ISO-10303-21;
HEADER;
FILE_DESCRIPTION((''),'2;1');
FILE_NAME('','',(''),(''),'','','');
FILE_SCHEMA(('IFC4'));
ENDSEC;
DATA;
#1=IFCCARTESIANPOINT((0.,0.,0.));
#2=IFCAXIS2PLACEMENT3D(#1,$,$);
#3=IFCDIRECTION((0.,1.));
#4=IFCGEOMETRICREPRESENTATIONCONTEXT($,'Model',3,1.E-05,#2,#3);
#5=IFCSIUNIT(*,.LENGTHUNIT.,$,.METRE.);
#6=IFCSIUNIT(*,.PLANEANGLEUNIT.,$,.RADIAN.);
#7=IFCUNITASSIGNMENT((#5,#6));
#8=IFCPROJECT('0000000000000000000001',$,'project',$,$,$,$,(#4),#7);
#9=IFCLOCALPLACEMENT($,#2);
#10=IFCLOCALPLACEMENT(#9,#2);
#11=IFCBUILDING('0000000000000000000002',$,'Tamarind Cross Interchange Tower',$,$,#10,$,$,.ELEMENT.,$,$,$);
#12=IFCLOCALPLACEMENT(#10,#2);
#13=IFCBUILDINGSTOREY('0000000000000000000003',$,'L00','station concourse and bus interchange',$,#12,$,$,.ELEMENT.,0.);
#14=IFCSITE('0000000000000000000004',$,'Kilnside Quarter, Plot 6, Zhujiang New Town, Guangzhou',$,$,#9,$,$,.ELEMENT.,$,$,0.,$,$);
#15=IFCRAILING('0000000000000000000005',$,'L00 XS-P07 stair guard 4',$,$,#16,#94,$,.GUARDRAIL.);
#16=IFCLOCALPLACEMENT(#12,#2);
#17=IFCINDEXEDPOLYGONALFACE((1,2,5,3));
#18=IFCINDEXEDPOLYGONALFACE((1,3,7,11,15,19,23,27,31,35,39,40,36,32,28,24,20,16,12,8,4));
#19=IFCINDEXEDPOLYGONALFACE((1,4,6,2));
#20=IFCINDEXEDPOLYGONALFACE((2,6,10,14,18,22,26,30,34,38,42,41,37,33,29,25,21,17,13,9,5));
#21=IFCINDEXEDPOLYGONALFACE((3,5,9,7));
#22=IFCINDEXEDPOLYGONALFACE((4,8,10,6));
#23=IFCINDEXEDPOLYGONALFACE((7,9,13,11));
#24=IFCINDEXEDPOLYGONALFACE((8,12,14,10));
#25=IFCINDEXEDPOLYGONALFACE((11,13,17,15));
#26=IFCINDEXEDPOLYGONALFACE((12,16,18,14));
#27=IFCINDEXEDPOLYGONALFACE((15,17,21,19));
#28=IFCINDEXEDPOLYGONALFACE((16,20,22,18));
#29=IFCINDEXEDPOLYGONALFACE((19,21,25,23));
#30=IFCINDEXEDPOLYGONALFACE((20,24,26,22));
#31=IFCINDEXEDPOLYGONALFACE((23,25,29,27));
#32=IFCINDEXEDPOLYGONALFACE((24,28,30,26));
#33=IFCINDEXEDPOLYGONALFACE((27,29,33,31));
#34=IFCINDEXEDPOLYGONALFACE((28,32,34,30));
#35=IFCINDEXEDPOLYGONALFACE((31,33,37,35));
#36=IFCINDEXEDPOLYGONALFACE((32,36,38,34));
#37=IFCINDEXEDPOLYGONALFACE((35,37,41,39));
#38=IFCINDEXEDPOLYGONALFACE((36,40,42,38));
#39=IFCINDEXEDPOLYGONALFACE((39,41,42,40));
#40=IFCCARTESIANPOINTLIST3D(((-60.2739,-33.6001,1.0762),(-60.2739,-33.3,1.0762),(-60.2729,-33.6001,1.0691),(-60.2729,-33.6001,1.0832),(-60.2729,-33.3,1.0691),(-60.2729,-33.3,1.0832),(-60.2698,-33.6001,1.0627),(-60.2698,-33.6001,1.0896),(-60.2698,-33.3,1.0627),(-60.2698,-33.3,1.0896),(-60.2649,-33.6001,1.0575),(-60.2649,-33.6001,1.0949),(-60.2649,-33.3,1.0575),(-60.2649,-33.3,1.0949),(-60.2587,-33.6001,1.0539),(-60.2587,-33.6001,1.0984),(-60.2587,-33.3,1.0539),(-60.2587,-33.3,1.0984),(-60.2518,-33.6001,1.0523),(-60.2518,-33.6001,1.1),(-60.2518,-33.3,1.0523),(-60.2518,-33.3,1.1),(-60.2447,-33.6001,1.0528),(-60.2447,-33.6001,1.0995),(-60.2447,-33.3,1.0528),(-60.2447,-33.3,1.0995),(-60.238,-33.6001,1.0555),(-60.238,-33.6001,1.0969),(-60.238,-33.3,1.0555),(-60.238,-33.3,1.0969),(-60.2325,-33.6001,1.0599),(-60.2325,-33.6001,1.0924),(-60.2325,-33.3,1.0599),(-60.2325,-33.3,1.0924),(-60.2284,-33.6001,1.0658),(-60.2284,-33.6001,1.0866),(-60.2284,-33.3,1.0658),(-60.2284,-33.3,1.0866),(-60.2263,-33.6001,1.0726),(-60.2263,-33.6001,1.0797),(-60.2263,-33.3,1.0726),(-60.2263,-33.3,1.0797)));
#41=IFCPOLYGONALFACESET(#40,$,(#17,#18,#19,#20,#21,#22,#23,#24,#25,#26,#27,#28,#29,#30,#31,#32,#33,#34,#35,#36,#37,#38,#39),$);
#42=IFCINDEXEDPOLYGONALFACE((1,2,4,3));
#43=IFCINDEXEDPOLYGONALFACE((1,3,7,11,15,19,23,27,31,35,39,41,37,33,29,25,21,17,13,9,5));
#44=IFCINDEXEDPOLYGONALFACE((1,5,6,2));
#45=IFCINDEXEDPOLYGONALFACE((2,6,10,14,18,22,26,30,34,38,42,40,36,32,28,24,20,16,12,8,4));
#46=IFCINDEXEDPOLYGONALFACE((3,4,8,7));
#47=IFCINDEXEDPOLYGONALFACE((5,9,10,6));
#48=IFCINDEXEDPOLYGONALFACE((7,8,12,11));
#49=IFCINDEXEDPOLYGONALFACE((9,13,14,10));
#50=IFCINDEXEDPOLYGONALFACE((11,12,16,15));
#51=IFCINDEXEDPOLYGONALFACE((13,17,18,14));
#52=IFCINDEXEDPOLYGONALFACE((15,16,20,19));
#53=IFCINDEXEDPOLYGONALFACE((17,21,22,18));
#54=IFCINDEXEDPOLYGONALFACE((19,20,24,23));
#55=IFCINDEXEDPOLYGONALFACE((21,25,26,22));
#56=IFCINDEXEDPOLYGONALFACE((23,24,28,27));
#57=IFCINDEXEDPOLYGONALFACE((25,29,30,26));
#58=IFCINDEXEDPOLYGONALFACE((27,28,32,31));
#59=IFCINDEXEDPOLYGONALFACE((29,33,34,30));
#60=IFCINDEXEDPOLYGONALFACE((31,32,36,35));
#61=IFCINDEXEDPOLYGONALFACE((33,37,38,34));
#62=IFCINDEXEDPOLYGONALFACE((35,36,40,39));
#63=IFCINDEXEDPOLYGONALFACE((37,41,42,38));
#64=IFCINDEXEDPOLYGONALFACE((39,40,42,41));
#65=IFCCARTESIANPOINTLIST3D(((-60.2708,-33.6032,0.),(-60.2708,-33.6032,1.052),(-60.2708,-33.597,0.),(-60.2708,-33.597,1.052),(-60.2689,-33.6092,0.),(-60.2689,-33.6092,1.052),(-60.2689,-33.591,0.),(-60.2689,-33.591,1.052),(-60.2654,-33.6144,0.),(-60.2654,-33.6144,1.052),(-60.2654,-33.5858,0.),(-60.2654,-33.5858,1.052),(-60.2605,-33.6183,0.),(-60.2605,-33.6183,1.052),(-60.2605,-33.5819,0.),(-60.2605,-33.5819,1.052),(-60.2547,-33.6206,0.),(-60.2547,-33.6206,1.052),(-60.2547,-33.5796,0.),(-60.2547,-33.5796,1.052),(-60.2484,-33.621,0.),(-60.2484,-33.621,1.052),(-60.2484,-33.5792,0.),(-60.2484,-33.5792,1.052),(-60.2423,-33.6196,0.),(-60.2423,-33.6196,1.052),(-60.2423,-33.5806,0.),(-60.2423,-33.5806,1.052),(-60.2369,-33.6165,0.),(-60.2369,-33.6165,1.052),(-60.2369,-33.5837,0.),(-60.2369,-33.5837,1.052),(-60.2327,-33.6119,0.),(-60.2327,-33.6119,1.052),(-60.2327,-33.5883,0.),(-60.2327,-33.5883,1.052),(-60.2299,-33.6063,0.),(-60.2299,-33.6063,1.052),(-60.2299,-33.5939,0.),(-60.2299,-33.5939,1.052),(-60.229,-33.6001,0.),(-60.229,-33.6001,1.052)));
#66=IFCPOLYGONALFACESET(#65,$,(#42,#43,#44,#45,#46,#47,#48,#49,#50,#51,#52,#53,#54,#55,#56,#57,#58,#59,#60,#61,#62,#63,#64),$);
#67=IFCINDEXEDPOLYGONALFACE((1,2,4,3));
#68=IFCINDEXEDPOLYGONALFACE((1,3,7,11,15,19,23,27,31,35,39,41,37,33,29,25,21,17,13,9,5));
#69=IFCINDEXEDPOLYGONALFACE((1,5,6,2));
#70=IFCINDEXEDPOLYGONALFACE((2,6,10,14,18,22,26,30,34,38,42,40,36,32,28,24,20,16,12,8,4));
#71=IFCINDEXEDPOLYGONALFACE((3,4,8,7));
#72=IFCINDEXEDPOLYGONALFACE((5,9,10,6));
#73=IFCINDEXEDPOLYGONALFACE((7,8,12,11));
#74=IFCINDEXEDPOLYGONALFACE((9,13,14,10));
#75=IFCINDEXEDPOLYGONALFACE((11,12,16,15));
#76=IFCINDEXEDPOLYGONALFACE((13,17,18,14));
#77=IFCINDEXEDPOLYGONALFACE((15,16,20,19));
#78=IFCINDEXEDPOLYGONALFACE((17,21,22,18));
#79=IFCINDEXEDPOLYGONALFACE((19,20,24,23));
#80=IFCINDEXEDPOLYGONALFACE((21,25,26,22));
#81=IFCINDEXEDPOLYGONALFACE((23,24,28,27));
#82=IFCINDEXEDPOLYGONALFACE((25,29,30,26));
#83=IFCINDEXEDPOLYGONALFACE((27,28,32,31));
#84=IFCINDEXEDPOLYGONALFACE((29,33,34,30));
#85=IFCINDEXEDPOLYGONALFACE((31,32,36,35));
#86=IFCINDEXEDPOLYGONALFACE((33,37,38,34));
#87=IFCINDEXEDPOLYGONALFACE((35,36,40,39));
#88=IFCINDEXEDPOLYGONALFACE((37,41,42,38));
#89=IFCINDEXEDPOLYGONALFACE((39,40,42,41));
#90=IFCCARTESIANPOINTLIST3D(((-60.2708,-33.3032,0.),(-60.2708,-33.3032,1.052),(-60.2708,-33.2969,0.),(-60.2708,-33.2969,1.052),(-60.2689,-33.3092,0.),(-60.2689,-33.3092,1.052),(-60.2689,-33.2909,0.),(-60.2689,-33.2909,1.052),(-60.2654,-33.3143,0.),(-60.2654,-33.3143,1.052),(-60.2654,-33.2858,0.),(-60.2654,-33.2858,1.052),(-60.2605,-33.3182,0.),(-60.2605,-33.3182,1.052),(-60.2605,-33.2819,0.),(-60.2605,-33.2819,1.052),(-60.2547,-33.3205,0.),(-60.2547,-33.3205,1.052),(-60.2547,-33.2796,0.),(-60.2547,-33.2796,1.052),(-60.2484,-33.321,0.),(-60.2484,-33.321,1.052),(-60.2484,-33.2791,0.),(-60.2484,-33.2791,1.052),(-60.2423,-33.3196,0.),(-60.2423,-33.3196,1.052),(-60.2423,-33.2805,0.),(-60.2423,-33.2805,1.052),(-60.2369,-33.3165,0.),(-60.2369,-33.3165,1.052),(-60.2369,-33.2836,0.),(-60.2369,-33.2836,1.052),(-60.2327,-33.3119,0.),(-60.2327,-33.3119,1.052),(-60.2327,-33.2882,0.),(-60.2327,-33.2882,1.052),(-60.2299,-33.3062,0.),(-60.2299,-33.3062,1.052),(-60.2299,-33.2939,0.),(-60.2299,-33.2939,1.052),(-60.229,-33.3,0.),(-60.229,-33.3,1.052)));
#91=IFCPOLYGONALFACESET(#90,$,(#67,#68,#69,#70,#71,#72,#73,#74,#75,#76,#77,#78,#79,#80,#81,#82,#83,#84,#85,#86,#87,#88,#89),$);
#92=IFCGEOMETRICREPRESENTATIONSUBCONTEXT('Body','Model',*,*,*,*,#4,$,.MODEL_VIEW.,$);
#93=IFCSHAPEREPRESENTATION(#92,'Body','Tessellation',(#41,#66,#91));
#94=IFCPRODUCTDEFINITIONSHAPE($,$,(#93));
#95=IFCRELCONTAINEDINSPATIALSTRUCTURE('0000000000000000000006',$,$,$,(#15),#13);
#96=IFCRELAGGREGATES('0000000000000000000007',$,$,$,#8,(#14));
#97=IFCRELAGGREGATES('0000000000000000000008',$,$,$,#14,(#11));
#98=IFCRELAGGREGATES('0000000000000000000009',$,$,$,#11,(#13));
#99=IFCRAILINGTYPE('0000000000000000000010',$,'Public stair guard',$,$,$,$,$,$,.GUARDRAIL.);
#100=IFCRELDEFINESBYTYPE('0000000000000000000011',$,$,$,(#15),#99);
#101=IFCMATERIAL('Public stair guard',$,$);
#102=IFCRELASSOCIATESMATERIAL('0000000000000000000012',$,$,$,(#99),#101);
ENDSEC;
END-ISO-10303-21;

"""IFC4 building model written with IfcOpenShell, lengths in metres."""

from ifc_helpers import new_model, si_unit, direction, frame, origin, origin_2d, place, context, subcontext, project, spatial, circle, extrude, material, type_object, element, save


model = new_model("IFC4")

# Units and contexts
model_context = context("Model", 3, precision=1e-05, world=origin(), true_north=direction((0.0, 1.0)))
body_context = subcontext(model_context, "Body", "Model", "MODEL_VIEW")
ifc_project = project(units=[si_unit("LENGTHUNIT", "METRE"), si_unit("PLANEANGLEUNIT", "RADIAN")], contexts=[model_context])

# Site, building, storey
site_placement = place(None, origin())
site = spatial("IfcSite", under=ifc_project, at=site_placement, Name="Kilnside Quarter, Plot 6, Zhujiang New Town, Guangzhou", CompositionType="ELEMENT", RefElevation=0.0)
building_placement = place(site_placement, origin())
building = spatial("IfcBuilding", under=site, at=building_placement, Name="Tamarind Cross Interchange Tower", CompositionType="ELEMENT")
storey_placement = place(building_placement, origin())
storey = spatial("IfcBuildingStorey", under=building, at=storey_placement, Name="L00", Description="station concourse and bus interchange", CompositionType="ELEMENT", Elevation=0.0)

# Railing
ifc_material_1 = material(Name="Public stair guard")
railing_type_1 = type_object("IfcRailingType", Name="Public stair guard", PredefinedType="GUARDRAIL", material=ifc_material_1)
railing_1_placement = place(storey_placement, frame((-60.25, -33.6001, 0.0)))
element("IfcRailing", 1, at=railing_1_placement, inside=storey, type_object=railing_type_1, Name="L00 XS-P07 stair guard 4", PredefinedType="GUARDRAIL", context=body_context, shape_type="SweptSolid", body=[
    extrude(circle(Radius=0.0239, at=origin_2d()), frame((0.0, 0.0, 1.0762), z_axis=(0.0, 1.0, 0.0), x_axis=(-1.0, 0.0, 0.0)), (0.0, 0.0, 1.0), 0.3),
    extrude(circle(Radius=0.021, at=origin_2d()), origin(), (0.0, 0.0, 1.0), 1.052),
    extrude(circle(Radius=0.021, at=origin_2d()), frame((0.0, 0.3, 0.0)), (0.0, 0.0, 1.0), 1.052),
])

save(model, "model.ifc")
